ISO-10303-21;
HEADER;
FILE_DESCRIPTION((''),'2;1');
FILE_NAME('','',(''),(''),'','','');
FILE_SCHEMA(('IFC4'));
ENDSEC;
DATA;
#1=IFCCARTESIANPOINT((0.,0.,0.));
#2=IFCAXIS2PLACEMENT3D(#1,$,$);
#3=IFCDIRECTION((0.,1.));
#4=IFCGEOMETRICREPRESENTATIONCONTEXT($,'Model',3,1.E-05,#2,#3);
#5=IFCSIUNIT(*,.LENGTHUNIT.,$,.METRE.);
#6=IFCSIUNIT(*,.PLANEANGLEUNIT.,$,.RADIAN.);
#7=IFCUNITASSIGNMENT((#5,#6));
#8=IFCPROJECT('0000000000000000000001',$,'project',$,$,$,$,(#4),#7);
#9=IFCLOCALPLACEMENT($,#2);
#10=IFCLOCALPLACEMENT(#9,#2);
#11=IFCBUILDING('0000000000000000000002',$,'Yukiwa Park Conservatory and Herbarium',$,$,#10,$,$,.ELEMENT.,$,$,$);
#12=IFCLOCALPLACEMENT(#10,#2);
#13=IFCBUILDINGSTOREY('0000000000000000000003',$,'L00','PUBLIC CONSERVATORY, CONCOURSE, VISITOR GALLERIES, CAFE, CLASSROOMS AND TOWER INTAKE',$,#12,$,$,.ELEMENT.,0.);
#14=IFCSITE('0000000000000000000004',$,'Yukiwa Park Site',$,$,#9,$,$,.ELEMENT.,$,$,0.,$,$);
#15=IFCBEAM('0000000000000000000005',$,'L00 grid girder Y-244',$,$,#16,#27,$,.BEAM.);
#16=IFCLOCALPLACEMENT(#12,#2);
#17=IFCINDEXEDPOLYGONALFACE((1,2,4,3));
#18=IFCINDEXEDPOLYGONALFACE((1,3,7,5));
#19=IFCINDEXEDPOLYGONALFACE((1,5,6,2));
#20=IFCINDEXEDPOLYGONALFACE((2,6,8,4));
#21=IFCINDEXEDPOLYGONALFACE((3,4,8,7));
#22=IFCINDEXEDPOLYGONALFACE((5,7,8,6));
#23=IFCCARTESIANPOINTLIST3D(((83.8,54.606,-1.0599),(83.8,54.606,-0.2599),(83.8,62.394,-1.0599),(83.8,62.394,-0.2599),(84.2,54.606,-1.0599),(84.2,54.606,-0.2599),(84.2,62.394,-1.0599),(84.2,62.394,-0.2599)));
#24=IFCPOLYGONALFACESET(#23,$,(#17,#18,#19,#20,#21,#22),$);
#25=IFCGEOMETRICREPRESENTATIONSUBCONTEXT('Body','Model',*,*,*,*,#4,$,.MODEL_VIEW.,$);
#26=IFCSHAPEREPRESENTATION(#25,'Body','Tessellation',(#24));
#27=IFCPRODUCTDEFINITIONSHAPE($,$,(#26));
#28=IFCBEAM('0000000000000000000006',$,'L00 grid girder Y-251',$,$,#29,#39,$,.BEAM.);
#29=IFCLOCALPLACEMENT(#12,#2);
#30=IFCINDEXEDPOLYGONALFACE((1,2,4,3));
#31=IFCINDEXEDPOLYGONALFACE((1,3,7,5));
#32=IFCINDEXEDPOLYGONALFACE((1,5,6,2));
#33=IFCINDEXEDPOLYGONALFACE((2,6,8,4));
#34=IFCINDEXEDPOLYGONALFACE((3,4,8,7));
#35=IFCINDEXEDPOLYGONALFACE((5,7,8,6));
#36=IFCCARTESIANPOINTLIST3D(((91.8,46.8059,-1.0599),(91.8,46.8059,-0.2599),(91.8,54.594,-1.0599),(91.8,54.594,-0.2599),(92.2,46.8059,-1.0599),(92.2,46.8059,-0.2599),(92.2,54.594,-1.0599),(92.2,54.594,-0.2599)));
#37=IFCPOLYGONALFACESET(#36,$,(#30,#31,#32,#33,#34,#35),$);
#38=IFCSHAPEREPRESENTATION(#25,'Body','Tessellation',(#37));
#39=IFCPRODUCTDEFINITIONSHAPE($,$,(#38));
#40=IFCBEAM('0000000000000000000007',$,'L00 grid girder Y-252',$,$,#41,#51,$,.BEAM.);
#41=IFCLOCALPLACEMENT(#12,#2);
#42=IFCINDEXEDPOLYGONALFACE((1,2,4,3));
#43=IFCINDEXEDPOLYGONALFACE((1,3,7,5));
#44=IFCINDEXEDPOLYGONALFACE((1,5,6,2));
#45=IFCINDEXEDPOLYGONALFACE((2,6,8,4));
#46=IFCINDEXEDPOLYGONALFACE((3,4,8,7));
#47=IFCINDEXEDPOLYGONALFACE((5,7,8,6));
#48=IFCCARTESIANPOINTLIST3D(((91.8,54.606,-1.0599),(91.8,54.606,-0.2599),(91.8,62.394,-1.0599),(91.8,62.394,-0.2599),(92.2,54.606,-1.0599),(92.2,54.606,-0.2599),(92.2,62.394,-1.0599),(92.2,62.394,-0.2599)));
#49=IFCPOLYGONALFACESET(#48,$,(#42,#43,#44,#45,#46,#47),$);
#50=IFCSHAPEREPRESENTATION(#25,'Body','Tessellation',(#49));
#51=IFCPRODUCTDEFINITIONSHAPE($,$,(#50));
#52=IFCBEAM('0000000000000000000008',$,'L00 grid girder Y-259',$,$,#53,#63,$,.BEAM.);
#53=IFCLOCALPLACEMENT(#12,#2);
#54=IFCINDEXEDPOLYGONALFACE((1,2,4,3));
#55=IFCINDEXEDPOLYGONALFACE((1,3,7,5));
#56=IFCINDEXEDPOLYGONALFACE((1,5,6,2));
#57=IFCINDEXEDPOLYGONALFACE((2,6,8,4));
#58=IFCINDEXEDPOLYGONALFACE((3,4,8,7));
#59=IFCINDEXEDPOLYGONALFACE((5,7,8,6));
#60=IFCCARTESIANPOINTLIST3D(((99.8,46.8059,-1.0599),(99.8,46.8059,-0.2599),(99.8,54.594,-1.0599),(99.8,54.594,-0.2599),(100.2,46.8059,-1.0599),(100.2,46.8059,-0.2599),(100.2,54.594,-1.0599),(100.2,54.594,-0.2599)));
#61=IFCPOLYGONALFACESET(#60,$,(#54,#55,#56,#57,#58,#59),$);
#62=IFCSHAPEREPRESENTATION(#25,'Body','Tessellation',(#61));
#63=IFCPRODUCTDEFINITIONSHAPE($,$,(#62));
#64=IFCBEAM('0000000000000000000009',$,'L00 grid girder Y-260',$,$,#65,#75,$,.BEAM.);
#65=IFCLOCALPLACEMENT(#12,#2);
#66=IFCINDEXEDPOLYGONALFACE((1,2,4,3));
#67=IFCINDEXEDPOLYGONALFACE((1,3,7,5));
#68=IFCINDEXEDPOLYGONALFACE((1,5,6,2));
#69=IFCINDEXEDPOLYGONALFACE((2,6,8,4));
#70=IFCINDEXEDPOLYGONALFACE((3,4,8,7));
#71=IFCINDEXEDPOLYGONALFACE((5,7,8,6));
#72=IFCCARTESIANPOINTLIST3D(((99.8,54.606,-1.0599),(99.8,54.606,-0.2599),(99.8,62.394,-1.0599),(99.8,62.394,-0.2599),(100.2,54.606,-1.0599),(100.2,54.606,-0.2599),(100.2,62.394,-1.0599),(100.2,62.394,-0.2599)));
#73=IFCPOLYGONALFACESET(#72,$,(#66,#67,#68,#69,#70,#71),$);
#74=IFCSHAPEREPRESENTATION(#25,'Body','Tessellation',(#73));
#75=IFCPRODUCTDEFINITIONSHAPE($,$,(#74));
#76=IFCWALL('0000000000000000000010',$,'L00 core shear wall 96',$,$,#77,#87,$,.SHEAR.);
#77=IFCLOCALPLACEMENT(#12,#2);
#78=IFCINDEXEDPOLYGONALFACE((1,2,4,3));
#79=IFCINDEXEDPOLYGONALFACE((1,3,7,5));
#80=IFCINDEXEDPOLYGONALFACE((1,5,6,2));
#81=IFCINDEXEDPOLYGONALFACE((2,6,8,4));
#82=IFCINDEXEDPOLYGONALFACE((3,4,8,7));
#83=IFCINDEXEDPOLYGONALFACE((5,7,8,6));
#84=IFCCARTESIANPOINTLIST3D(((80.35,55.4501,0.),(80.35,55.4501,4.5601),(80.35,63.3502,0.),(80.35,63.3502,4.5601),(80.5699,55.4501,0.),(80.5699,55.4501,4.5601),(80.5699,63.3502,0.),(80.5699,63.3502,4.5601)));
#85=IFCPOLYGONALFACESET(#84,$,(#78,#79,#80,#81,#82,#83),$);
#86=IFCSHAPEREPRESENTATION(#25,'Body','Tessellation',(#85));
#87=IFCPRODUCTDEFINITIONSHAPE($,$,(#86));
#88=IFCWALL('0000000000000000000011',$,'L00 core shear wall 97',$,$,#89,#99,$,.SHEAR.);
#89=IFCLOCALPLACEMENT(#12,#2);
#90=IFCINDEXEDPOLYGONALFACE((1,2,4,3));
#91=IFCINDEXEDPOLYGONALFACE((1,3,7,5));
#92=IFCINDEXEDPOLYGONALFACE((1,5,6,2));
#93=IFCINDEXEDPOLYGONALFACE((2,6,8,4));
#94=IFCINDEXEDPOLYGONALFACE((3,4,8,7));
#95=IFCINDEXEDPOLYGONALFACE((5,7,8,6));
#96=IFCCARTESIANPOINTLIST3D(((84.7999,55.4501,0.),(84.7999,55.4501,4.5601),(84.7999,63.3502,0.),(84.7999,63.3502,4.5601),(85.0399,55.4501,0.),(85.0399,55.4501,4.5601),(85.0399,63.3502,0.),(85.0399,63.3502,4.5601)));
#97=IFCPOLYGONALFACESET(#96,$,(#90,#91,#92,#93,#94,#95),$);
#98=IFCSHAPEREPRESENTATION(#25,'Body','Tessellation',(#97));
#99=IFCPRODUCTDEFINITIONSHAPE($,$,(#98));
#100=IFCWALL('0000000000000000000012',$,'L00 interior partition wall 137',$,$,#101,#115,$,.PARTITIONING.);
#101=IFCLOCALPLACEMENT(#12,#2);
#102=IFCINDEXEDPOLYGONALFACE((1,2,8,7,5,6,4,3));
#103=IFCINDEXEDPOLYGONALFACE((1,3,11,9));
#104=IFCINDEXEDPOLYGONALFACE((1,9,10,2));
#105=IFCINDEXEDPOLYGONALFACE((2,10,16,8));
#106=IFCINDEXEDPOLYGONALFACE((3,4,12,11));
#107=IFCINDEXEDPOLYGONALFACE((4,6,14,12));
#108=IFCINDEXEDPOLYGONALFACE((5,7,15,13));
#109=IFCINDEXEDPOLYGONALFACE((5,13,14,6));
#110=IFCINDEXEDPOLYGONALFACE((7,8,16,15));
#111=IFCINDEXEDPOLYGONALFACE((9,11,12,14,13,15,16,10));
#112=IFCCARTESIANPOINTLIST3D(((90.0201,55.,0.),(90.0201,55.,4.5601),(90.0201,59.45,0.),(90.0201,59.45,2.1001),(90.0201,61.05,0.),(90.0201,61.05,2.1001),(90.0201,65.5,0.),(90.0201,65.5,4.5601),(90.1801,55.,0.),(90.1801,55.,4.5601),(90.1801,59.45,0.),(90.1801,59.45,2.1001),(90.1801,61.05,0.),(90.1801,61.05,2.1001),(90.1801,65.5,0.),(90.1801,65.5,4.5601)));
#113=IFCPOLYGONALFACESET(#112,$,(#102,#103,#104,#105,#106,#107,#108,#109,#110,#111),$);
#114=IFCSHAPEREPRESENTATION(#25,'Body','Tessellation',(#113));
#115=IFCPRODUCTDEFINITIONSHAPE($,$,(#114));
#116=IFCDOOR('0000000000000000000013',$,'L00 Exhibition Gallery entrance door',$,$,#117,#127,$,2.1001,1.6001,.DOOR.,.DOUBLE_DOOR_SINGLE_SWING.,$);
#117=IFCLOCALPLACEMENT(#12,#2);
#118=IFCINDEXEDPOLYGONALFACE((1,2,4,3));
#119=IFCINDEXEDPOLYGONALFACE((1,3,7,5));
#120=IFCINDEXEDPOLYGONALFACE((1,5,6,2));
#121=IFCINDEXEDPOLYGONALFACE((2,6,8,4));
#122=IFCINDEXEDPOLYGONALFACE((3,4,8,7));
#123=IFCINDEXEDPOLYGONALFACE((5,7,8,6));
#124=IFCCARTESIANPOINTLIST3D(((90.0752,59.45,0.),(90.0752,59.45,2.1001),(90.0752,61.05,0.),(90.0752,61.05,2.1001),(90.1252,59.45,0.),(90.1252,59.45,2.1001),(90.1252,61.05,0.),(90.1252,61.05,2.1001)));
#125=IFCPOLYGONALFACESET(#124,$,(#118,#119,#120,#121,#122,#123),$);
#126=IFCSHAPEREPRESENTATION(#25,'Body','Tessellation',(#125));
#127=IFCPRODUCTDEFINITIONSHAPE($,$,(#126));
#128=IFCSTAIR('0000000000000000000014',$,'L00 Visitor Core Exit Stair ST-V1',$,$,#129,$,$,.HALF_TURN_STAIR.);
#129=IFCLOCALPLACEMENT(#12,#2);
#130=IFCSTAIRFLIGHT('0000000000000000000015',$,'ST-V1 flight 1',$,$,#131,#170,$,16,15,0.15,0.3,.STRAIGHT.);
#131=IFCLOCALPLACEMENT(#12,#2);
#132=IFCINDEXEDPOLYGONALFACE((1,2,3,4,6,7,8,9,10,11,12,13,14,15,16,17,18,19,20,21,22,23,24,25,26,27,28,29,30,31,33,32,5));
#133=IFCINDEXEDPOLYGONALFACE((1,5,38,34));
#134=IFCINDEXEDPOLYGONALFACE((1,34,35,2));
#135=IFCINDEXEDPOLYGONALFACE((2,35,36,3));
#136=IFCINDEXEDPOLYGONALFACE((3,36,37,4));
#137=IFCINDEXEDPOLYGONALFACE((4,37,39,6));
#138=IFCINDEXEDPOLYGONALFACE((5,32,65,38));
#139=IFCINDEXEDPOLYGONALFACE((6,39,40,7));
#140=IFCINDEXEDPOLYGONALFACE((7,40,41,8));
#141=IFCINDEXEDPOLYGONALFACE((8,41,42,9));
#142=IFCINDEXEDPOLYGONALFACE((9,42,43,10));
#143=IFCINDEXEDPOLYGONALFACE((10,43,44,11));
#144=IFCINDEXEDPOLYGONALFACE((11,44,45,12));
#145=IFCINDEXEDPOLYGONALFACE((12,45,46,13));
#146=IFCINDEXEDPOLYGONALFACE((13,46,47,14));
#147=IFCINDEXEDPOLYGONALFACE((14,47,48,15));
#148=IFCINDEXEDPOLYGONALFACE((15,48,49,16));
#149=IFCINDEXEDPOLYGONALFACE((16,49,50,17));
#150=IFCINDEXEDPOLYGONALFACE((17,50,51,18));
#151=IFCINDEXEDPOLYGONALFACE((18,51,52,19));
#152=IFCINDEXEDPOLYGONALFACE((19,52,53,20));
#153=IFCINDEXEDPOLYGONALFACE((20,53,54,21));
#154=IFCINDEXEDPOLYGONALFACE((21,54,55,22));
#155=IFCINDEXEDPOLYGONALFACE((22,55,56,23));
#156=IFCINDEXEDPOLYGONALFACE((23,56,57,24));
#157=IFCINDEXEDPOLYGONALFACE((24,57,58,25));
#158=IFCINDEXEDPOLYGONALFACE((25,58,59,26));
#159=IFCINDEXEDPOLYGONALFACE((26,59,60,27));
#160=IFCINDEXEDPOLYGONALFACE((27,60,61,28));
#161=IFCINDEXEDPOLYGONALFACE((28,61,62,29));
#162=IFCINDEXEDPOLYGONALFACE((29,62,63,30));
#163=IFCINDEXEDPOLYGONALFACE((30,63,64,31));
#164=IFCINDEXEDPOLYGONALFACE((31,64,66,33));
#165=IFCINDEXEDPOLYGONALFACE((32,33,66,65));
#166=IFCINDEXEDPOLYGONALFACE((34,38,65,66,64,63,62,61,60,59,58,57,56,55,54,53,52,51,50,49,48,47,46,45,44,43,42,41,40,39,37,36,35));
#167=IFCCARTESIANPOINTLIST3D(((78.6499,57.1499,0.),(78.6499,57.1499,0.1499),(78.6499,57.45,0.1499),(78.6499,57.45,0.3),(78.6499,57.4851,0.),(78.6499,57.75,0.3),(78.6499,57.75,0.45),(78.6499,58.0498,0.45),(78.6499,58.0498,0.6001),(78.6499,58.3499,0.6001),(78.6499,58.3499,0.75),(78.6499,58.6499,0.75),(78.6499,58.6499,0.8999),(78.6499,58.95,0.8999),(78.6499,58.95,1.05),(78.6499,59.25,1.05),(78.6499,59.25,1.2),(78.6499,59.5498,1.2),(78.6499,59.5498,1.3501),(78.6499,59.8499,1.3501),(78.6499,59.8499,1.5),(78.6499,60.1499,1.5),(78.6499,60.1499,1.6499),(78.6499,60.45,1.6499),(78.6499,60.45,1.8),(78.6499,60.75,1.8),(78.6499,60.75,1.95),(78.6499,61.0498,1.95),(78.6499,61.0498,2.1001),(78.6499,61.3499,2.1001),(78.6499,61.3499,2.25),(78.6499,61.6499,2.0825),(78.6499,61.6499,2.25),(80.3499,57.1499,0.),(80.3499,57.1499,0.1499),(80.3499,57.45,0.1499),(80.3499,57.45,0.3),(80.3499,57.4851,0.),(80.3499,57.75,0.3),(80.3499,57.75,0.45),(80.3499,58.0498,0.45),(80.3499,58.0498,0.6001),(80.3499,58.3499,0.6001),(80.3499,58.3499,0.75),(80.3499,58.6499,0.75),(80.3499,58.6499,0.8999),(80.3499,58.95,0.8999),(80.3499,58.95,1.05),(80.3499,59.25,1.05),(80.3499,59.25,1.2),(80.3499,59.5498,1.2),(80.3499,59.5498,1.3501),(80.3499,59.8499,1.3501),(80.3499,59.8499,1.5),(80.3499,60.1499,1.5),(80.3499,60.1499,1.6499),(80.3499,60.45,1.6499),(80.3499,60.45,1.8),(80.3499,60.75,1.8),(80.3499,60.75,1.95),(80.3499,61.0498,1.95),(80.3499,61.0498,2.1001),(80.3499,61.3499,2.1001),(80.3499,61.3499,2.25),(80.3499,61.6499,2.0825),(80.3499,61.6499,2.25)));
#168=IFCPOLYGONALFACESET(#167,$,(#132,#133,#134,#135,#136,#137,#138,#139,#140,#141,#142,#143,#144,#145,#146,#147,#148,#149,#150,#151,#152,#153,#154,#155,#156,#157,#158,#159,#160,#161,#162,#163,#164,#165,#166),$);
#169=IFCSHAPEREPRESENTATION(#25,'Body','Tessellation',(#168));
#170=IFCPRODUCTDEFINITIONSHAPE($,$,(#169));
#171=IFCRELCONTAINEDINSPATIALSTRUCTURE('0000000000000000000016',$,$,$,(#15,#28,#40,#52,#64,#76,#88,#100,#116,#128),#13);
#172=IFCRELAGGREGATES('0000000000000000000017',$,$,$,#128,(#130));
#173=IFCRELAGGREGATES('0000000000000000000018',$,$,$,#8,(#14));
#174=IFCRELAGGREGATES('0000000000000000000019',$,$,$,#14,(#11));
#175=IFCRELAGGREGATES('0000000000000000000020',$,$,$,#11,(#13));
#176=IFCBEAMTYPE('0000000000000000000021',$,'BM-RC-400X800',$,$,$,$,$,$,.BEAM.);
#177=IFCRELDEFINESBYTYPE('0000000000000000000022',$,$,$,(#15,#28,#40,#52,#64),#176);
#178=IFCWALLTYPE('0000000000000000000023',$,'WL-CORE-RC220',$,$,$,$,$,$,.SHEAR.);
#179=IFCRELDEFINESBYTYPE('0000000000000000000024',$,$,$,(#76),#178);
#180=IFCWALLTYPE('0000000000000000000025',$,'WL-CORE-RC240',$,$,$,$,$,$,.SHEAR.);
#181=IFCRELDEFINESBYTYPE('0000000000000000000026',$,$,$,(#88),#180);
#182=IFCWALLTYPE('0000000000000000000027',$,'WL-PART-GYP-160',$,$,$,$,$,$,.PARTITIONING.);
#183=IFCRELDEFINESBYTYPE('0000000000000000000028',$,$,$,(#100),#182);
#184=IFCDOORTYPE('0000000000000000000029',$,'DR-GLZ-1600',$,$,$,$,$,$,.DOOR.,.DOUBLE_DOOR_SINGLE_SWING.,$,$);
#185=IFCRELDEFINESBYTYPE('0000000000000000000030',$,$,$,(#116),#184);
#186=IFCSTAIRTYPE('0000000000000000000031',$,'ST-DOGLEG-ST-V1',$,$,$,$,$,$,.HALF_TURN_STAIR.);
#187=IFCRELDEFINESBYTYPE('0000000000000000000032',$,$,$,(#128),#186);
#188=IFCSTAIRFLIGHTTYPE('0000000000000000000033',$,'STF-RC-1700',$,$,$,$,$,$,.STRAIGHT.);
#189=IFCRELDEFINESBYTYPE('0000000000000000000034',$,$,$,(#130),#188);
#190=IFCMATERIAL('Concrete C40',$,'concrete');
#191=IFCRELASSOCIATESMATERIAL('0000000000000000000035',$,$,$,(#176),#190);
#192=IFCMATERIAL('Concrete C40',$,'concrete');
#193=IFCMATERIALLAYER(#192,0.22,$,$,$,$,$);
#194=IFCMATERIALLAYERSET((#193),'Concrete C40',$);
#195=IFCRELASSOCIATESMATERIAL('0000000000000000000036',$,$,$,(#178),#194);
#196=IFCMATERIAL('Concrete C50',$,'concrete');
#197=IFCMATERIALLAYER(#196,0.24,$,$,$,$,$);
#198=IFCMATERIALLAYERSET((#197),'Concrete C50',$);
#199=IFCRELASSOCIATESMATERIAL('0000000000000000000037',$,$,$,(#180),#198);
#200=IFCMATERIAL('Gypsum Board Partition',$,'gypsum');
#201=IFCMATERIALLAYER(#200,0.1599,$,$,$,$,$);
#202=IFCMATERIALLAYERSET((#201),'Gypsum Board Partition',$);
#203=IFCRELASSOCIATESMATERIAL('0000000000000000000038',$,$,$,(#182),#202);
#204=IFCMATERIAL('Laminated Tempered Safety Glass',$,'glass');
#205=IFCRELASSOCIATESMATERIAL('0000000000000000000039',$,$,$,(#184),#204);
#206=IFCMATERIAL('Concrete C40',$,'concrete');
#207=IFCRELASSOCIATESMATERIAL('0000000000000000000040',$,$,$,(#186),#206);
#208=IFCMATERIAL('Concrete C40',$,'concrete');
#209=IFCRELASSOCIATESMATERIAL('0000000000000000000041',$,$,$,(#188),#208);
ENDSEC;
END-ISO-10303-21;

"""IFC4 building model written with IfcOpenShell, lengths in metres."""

from ifc_helpers import new_model, si_unit, direction, frame, frame_2d, origin, origin_2d, place, context, subcontext, project, spatial, polyline, rectangle, outline, extrude, material, layer, layer_set, material_profile, profile_set, type_object, element, fill, aggregate, save


model = new_model("IFC4")

# Units and contexts
model_context = context("Model", 3, precision=1e-05, world=origin(), true_north=direction((0.0, 1.0)))
body_context = subcontext(model_context, "Body", "Model", "MODEL_VIEW")
ifc_project = project(units=[si_unit("LENGTHUNIT", "METRE"), si_unit("PLANEANGLEUNIT", "RADIAN")], contexts=[model_context])

# Site, building, storey
site_placement = place(None, origin())
site = spatial("IfcSite", under=ifc_project, at=site_placement, Name="Yukiwa Park Site", CompositionType="ELEMENT", RefElevation=0.0)
building_placement = place(site_placement, origin())
building = spatial("IfcBuilding", under=site, at=building_placement, Name="Yukiwa Park Conservatory and Herbarium", CompositionType="ELEMENT")
storey_placement = place(building_placement, origin())
storey = spatial("IfcBuildingStorey", under=building, at=storey_placement, Name="L00", Description="PUBLIC CONSERVATORY, CONCOURSE, VISITOR GALLERIES, CAFE, CLASSROOMS AND TOWER INTAKE", CompositionType="ELEMENT", Elevation=0.0)

# Beams
ifc_material_1 = material(Name="Concrete C40", Category="concrete")
ifc_material_profile_1 = material_profile(ifc_material_1, rectangle(XDim=0.3999, YDim=0.8, at=origin_2d()), Name="RC 400x800")
ifc_profile_set_1 = profile_set([ifc_material_profile_1], Name="Concrete C40")
beam_type_1 = type_object("IfcBeamType", Name="BM-RC-400X800", PredefinedType="BEAM", material=ifc_profile_set_1)
for number, where, z_axis, x_axis, name in (
    (1, (84.0, 54.606, -0.6599), (0.0, 1.0, 0.0), (-1.0, 0.0, 0.0), "L00 grid girder Y-244"),
    (2, (92.0, 46.8059, -0.6599), (0.0, 1.0, 0.0), (-1.0, 0.0, 0.0), "L00 grid girder Y-251"),
    (3, (92.0, 54.606, -0.6599), (0.0, 1.0, 0.0), (-1.0, 0.0, 0.0), "L00 grid girder Y-252"),
    (4, (100.0, 46.8059, -0.6599), (0.0, 1.0, 0.0), (-1.0, 0.0, 0.0), "L00 grid girder Y-259"),
    (5, (100.0, 54.606, -0.6599), (0.0, 1.0, 0.0), (-1.0, 0.0, 0.0), "L00 grid girder Y-260"),
):
    element("IfcBeam", number, at=place(storey_placement, frame(where, z_axis=z_axis, x_axis=x_axis)), inside=storey, type_object=beam_type_1, Name=name, PredefinedType="BEAM", context=body_context, shape_type="SweptSolid", body=[
        extrude(rectangle(XDim=0.3999, YDim=0.8, at=origin_2d()), origin(), (0.0, 0.0, 1.0), 7.7881),
    ])

# Walls
ifc_material_2 = material(Name="Concrete C40", Category="concrete")
ifc_layer_1 = layer(ifc_material_2, 0.22)
ifc_layer_set_1 = layer_set([ifc_layer_1], Name="Concrete C40")
wall_type_1 = type_object("IfcWallType", Name="WL-CORE-RC220", PredefinedType="SHEAR", material=ifc_layer_set_1)
wall_1_placement = place(storey_placement, frame((80.46, 55.45, 0.0), z_axis=(0.0, 0.0, 1.0), x_axis=(0.0, 1.0, 0.0)))
element("IfcWall", 6, at=wall_1_placement, inside=storey, type_object=wall_type_1, Name="L00 core shear wall 96", PredefinedType="SHEAR", context=body_context, shape_type="SweptSolid", body=[
    extrude(rectangle(XDim=7.9001, YDim=0.22, at=frame_2d((3.9502, 0.0))), origin(), (0.0, 0.0, 1.0), 4.5601),
])
ifc_material_3 = material(Name="Concrete C50", Category="concrete")
ifc_layer_2 = layer(ifc_material_3, 0.24)
ifc_layer_set_2 = layer_set([ifc_layer_2], Name="Concrete C50")
wall_type_2 = type_object("IfcWallType", Name="WL-CORE-RC240", PredefinedType="SHEAR", material=ifc_layer_set_2)
wall_2_placement = place(storey_placement, frame((84.9199, 55.45, 0.0), z_axis=(0.0, 0.0, 1.0), x_axis=(0.0, 1.0, 0.0)))
element("IfcWall", 7, at=wall_2_placement, inside=storey, type_object=wall_type_2, Name="L00 core shear wall 97", PredefinedType="SHEAR", context=body_context, shape_type="SweptSolid", body=[
    extrude(rectangle(XDim=7.9001, YDim=0.24, at=frame_2d((3.9502, 0.0))), origin(), (0.0, 0.0, 1.0), 4.5601),
])

# Wall, opening, door
ifc_material_4 = material(Name="Gypsum Board Partition", Category="gypsum")
ifc_layer_3 = layer(ifc_material_4, 0.1599)
ifc_layer_set_3 = layer_set([ifc_layer_3], Name="Gypsum Board Partition")
wall_type_3 = type_object("IfcWallType", Name="WL-PART-GYP-160", PredefinedType="PARTITIONING", material=ifc_layer_set_3)
wall_3_placement = place(storey_placement, frame((90.1001, 55.0, 0.0), z_axis=(0.0, 0.0, 1.0), x_axis=(0.0, 1.0, 0.0)))
wall_3 = element("IfcWall", 8, at=wall_3_placement, inside=storey, type_object=wall_type_3, Name="L00 interior partition wall 137", PredefinedType="PARTITIONING", context=body_context, shape_type="SweptSolid", body=[
    extrude(rectangle(XDim=10.5, YDim=0.1599, at=frame_2d((5.25, 0.0))), origin(), (0.0, 0.0, 1.0), 4.5601),
])
opening_placement = place(wall_3_placement, frame((4.45, 0.0, 0.0)))
opening = element("IfcOpeningElement", 9, at=opening_placement, cuts=wall_3, PredefinedType="OPENING", context=body_context, shape_type="SweptSolid", body=[
    extrude(rectangle(XDim=1.6001, YDim=2.1001, at=frame_2d((0.8, 1.05))), frame((0.0, 0.0898, 0.0), z_axis=(0.0, -1.0, 0.0), x_axis=(1.0, 0.0, 0.0)), (0.0, 0.0, 1.0), 0.1799),
])
ifc_material_5 = material(Name="Laminated Tempered Safety Glass", Category="glass")
door_type = type_object("IfcDoorType", Name="DR-GLZ-1600", OperationType="DOUBLE_DOOR_SINGLE_SWING", PredefinedType="DOOR", material=ifc_material_5)
door_placement = place(opening_placement, origin())
door = element("IfcDoor", 10, at=door_placement, inside=storey, type_object=door_type, Name="L00 Exhibition Gallery entrance door", OperationType="DOUBLE_DOOR_SINGLE_SWING", OverallHeight=2.1001, OverallWidth=1.6001, PredefinedType="DOOR", context=body_context, shape_type="SweptSolid", body=[
    extrude(rectangle(XDim=1.6001, YDim=2.1001, at=frame_2d((0.8, 1.05))), frame((0.0, 0.0249, 0.0), z_axis=(0.0, -1.0, 0.0), x_axis=(1.0, 0.0, 0.0)), (0.0, 0.0, 1.0), 0.05),
])
fill(opening, door)

# Stair, stair flight
ifc_material_6 = material(Name="Concrete C40", Category="concrete")
stair_type = type_object("IfcStairType", Name="ST-DOGLEG-ST-V1", PredefinedType="HALF_TURN_STAIR", material=ifc_material_6)
stair_placement = place(storey_placement, origin())
stair = element("IfcStair", 11, at=stair_placement, inside=storey, type_object=stair_type, Name="L00 Visitor Core Exit Stair ST-V1", PredefinedType="HALF_TURN_STAIR")
ifc_material_7 = material(Name="Concrete C40", Category="concrete")
stair_flight_type = type_object("IfcStairFlightType", Name="STF-RC-1700", PredefinedType="STRAIGHT", material=ifc_material_7)
stair_flight_placement = place(storey_placement, frame((79.5, 57.1499, 0.0), z_axis=(0.0, 0.0, 1.0), x_axis=(0.0, 1.0, 0.0)))
stair_flight = element("IfcStairFlight", 12, at=stair_flight_placement, type_object=stair_flight_type, Name="ST-V1 flight 1", NumberOfRisers=16, NumberOfTreads=15, PredefinedType="STRAIGHT", RiserHeight=0.15, TreadLength=0.3, context=body_context, shape_type="SweptSolid", body=[
    extrude(outline(polyline([(0.0, 0.0), (0.0, 0.1499), (0.3, 0.1499), (0.3, 0.3), (0.6001, 0.3), (0.6001, 0.45), (0.8999, 0.45), (0.8999, 0.6001), (1.2, 0.6001), (1.2, 0.75), (1.5, 0.75), (1.5, 0.8999), (1.8, 0.8999), (1.8, 1.05), (2.1001, 1.05), (2.1001, 1.2), (2.3999, 1.2), (2.3999, 1.3501), (2.7, 1.3501), (2.7, 1.5), (3.0, 1.5), (3.0, 1.6499), (3.3, 1.6499), (3.3, 1.8), (3.6001, 1.8), (3.6001, 1.95), (3.8999, 1.95), (3.8999, 2.1001), (4.2, 2.1001), (4.2, 2.25), (4.5, 2.25), (4.5, 2.3999), (4.5, 2.0825), (0.3352, 0.0), (0.0, 0.0)])), frame((0.0, 0.8501, 0.0), z_axis=(0.0, -1.0, 0.0), x_axis=(1.0, 0.0, 0.0)), (0.0, 0.0, 1.0), 1.7),
])
aggregate(stair, [stair_flight])

save(model, "model.ifc")
